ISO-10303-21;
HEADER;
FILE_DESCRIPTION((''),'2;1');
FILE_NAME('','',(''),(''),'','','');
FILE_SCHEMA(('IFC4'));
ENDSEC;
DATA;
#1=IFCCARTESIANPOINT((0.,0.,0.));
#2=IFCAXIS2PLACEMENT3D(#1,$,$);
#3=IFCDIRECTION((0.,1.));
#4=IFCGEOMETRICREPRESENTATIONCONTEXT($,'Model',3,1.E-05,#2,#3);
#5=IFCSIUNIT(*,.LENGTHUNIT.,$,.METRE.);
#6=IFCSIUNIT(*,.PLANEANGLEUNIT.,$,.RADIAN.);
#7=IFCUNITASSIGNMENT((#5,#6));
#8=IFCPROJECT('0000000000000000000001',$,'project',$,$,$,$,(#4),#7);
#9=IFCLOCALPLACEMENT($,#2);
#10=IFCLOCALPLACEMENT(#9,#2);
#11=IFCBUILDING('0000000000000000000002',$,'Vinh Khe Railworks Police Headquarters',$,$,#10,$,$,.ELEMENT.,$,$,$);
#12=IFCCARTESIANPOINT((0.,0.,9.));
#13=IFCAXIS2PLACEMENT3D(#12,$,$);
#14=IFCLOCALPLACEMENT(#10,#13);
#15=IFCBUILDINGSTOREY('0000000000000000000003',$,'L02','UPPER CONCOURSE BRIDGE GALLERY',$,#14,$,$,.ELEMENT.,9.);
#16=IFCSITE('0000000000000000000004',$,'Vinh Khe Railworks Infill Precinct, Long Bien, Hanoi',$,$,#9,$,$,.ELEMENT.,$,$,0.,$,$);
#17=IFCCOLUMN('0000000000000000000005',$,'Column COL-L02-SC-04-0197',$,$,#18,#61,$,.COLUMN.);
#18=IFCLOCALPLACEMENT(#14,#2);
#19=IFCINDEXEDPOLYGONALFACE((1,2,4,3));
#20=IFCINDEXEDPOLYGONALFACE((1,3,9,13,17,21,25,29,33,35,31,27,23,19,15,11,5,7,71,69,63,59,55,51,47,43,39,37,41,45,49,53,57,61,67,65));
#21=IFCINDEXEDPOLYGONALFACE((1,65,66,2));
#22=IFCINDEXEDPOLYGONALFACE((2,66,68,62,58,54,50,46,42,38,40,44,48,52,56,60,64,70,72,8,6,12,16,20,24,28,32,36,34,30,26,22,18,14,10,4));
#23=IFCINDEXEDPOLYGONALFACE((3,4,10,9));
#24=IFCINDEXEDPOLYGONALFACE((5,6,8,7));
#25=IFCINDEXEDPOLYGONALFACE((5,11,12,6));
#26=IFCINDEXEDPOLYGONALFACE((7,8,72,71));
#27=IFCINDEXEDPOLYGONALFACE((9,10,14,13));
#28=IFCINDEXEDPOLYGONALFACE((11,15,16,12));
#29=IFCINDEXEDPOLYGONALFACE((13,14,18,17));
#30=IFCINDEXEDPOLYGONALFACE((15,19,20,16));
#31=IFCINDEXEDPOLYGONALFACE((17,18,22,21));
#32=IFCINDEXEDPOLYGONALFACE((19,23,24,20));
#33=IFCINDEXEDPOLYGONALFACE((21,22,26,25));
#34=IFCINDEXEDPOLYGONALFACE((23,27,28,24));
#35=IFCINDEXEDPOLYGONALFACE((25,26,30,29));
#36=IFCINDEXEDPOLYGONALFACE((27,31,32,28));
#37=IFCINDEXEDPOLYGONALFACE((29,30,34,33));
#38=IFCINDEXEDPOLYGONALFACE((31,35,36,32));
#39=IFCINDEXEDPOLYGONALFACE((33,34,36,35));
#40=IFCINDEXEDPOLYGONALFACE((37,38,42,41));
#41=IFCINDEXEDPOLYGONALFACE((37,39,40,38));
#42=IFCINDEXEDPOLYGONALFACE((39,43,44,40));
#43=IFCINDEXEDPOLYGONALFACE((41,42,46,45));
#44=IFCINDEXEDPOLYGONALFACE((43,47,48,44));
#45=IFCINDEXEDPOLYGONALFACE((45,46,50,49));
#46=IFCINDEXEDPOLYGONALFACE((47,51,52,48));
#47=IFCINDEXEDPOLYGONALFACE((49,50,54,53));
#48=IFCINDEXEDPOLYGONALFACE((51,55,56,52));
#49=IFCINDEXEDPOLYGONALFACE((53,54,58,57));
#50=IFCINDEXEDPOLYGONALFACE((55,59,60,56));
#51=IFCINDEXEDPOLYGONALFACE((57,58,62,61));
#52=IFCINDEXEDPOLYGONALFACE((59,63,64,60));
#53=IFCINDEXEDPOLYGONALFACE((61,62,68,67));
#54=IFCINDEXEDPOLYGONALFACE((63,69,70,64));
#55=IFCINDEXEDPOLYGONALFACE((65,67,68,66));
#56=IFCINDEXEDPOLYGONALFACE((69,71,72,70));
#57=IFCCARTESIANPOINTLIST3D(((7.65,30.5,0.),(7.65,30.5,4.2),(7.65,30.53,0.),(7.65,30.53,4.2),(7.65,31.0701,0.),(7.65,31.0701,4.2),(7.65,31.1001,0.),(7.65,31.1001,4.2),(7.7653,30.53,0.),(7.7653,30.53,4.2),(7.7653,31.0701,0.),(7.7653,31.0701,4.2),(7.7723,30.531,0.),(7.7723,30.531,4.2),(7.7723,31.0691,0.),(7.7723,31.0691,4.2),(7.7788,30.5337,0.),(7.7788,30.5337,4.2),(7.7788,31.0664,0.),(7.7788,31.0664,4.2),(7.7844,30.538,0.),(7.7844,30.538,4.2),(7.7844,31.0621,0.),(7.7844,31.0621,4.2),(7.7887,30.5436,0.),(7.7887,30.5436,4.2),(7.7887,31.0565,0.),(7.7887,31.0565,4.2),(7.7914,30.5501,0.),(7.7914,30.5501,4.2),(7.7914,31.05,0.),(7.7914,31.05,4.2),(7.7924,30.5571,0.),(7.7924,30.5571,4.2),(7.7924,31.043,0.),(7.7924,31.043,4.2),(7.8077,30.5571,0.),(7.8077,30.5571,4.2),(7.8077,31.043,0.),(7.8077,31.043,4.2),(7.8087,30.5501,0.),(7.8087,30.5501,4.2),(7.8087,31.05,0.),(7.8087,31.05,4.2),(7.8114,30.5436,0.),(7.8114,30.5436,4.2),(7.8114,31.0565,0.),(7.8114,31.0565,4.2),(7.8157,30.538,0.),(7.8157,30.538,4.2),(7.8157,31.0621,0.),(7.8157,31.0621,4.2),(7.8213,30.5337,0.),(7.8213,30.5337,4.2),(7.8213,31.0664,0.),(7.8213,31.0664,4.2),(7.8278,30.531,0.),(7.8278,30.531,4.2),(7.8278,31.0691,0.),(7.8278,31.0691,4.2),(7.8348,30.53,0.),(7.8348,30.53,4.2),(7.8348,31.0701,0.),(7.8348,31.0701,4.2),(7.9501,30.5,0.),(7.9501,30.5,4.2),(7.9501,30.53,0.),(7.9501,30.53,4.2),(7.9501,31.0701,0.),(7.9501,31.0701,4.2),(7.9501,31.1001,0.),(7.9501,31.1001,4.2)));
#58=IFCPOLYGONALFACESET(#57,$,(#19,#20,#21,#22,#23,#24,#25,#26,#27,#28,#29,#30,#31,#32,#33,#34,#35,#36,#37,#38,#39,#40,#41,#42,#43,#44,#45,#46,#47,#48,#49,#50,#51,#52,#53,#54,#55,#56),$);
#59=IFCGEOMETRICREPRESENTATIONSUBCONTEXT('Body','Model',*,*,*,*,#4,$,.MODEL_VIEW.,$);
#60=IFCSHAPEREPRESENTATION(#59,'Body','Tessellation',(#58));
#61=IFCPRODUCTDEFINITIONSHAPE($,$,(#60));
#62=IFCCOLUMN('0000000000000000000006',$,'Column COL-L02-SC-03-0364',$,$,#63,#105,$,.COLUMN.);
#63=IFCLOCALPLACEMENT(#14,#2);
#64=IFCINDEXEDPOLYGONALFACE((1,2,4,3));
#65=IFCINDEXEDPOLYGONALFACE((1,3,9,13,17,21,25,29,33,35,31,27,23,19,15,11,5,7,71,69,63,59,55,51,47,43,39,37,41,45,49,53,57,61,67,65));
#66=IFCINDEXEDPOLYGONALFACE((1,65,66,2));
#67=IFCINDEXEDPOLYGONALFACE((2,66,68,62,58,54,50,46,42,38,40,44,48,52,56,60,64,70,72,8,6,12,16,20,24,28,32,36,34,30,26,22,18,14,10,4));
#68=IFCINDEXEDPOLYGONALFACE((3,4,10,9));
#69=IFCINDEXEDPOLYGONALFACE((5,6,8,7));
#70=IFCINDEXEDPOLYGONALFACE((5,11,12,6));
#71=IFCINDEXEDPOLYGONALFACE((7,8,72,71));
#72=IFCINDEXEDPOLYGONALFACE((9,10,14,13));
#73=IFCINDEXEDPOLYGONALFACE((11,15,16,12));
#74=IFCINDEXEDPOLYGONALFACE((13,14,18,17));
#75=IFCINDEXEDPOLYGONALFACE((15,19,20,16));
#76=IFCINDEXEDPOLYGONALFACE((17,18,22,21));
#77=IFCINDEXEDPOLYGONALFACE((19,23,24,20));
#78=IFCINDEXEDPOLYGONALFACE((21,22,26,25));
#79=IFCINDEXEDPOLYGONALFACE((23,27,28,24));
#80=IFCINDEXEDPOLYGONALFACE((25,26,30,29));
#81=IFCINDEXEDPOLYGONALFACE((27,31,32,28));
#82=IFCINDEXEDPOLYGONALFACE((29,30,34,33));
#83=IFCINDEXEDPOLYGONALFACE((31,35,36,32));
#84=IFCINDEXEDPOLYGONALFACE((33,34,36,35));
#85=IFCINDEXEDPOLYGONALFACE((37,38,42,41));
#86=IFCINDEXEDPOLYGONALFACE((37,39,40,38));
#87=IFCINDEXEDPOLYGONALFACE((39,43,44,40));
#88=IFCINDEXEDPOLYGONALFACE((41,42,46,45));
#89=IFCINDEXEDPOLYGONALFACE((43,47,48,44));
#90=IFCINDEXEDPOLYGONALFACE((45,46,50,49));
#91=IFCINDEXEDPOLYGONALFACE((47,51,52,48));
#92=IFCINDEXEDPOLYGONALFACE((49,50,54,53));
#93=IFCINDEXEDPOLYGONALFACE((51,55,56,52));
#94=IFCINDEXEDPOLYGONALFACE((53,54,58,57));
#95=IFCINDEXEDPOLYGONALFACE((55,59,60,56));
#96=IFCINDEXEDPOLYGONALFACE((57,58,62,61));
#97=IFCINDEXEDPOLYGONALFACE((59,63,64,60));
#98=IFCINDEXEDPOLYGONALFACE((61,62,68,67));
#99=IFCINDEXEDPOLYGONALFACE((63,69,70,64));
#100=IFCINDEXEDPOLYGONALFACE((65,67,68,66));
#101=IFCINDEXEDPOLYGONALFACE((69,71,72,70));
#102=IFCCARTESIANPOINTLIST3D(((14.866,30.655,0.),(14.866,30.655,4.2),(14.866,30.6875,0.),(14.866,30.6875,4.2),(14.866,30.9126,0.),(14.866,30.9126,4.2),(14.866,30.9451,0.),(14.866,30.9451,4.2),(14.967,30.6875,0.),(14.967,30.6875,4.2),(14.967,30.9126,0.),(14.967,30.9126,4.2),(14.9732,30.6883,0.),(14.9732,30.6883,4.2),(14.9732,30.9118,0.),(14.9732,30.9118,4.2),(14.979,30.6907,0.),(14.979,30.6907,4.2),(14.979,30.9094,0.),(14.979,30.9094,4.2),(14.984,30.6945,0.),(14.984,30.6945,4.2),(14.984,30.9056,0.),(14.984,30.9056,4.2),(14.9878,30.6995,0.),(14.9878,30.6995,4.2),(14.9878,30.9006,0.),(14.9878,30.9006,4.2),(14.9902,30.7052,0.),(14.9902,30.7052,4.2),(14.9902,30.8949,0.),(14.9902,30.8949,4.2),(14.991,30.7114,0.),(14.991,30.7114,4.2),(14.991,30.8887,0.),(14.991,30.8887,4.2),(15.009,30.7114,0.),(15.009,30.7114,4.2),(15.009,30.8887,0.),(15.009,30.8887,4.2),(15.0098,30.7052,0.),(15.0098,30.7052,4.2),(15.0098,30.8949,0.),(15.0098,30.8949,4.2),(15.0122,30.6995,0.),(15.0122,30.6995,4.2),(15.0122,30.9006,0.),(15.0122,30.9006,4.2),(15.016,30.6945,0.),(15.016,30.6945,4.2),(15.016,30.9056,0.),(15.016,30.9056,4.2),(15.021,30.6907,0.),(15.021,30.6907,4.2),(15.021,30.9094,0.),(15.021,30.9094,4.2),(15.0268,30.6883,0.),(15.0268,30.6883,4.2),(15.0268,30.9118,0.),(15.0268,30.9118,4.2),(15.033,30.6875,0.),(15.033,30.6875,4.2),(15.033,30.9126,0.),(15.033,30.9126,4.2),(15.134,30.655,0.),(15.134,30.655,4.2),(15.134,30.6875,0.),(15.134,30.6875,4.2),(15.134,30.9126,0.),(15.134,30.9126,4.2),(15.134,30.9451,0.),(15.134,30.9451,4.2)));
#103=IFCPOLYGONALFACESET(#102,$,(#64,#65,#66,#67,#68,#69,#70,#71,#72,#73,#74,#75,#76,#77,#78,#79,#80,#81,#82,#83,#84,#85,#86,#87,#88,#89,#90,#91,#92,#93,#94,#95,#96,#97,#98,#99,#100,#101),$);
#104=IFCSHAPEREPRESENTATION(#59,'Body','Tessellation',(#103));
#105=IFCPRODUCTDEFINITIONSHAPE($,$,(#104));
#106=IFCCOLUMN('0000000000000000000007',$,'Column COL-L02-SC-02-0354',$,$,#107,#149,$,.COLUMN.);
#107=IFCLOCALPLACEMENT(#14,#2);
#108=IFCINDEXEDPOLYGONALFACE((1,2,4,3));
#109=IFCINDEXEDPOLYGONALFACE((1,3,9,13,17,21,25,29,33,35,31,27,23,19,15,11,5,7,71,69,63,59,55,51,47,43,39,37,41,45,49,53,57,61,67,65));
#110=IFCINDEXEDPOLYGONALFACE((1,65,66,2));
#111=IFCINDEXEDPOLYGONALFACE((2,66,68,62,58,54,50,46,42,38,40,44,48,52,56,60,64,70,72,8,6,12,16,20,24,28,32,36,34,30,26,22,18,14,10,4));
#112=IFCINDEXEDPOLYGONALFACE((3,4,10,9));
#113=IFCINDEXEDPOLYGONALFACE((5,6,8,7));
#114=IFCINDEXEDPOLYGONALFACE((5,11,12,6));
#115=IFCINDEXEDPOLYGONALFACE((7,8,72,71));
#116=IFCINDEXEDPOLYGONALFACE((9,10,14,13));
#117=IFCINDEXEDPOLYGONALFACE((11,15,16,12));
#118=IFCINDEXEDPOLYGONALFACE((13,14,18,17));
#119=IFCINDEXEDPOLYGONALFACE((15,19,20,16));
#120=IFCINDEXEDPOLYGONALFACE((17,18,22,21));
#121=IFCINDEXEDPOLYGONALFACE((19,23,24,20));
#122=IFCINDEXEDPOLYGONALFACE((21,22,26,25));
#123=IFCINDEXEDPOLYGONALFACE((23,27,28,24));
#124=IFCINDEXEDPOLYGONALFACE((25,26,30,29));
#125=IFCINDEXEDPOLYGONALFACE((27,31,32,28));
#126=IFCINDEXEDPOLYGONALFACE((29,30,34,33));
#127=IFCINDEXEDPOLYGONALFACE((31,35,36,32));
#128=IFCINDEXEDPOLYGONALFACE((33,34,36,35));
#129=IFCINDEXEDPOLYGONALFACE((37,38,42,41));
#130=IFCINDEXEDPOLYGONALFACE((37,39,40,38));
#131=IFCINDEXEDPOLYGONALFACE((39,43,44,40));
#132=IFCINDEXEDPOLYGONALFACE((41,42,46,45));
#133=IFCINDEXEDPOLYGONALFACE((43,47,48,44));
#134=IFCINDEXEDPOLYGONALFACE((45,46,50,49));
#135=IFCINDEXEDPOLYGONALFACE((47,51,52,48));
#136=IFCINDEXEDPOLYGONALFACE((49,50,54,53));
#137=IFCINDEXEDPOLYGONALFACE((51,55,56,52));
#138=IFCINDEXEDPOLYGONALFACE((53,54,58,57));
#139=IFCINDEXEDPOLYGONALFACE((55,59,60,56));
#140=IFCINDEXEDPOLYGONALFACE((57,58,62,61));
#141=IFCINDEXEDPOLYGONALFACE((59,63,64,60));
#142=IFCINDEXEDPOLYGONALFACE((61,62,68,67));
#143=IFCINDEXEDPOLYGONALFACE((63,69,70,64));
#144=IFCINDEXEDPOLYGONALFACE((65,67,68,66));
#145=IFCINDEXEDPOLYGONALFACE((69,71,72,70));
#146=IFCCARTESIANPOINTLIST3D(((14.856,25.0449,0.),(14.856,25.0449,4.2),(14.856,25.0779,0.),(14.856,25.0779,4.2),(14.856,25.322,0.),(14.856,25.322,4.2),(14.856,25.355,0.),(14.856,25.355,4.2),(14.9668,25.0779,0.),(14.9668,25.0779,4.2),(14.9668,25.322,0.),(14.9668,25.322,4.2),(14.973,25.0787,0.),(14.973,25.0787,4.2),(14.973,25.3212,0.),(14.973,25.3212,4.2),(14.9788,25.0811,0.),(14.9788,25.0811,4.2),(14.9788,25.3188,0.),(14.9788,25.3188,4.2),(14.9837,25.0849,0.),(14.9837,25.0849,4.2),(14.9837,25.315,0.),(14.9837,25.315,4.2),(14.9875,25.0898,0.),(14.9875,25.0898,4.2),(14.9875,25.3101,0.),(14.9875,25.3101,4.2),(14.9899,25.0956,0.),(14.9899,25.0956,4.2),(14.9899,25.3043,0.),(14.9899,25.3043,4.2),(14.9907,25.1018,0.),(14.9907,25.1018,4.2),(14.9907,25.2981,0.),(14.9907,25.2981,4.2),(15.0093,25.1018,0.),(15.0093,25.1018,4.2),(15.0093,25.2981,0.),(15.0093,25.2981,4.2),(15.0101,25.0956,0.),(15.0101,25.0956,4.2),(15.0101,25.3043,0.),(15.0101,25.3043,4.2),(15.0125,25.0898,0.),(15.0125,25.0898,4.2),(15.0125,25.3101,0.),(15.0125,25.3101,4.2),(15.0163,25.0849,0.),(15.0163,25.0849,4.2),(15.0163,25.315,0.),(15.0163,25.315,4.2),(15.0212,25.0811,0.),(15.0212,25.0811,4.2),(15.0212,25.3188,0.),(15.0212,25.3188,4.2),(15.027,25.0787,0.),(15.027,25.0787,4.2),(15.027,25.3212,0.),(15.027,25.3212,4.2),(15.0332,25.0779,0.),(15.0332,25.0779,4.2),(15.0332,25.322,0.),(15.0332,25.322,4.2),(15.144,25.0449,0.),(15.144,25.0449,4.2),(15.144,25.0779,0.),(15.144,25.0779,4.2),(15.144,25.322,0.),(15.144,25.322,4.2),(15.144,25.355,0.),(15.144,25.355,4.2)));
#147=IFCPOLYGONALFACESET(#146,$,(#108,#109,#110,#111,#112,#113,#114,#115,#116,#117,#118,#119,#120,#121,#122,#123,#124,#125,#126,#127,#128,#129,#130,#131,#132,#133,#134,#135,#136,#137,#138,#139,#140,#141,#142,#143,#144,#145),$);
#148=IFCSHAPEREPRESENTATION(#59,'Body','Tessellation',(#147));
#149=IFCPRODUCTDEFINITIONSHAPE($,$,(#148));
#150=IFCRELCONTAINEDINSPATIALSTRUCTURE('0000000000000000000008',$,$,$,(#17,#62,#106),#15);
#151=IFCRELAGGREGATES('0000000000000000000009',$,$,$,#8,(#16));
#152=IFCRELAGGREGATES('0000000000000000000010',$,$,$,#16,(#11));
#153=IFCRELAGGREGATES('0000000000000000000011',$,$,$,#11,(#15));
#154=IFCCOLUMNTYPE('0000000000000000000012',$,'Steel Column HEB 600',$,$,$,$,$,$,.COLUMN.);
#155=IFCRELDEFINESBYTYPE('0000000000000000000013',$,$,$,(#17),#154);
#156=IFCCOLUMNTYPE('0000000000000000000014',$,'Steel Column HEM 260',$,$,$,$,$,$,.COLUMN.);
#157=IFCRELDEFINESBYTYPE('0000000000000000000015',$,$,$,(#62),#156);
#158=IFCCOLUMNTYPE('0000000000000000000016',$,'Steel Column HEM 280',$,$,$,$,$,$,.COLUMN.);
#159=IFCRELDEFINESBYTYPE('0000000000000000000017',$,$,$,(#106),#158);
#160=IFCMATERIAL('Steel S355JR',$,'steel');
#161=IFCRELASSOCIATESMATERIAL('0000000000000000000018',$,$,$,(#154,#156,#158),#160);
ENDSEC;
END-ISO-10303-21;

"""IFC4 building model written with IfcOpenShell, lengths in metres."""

from ifc_helpers import new_model, si_unit, direction, frame, origin, origin_2d, place, context, subcontext, project, spatial, i_section, extrude, material, material_profile, profile_set, type_object, element, save


model = new_model("IFC4")

# Units and contexts
model_context = context("Model", 3, precision=1e-05, world=origin(), true_north=direction((0.0, 1.0)))
body_context = subcontext(model_context, "Body", "Model", "MODEL_VIEW")
ifc_project = project(units=[si_unit("LENGTHUNIT", "METRE"), si_unit("PLANEANGLEUNIT", "RADIAN")], contexts=[model_context])

# Site, building, storey
site_placement = place(None, origin())
site = spatial("IfcSite", under=ifc_project, at=site_placement, Name="Vinh Khe Railworks Infill Precinct, Long Bien, Hanoi", CompositionType="ELEMENT", RefElevation=0.0)
building_placement = place(site_placement, origin())
building = spatial("IfcBuilding", under=site, at=building_placement, Name="Vinh Khe Railworks Police Headquarters", CompositionType="ELEMENT")
storey_placement = place(building_placement, frame((0.0, 0.0, 9.0)))
storey = spatial("IfcBuildingStorey", under=building, at=storey_placement, Name="L02", Description="UPPER CONCOURSE BRIDGE GALLERY", CompositionType="ELEMENT", Elevation=9.0)

# Columns
ifc_material_1 = material(Name="Steel S355JR", Category="steel")
ifc_material_profile_1 = material_profile(ifc_material_1, i_section(OverallWidth=0.3, OverallDepth=0.6001, WebThickness=0.0154, FlangeThickness=0.03, FilletRadius=0.0271, at=origin_2d()), Name="HEB 600")
ifc_profile_set_1 = profile_set([ifc_material_profile_1], Name="Steel S355JR")
column_type_1 = type_object("IfcColumnType", Name="Steel Column HEB 600", PredefinedType="COLUMN", material=ifc_profile_set_1)
column_1_placement = place(storey_placement, frame((7.8, 30.8, 0.0), z_axis=(0.0, 0.0, 1.0), x_axis=(1.0, 0.0, 0.0)))
element("IfcColumn", 1, at=column_1_placement, inside=storey, type_object=column_type_1, Name="Column COL-L02-SC-04-0197", PredefinedType="COLUMN", context=body_context, shape_type="SweptSolid", body=[
    extrude(i_section(OverallWidth=0.3, OverallDepth=0.6001, WebThickness=0.0154, FlangeThickness=0.03, FilletRadius=0.0271, at=origin_2d()), origin(), (0.0, 0.0, 1.0), 4.2),
])
ifc_material_profile_2 = material_profile(ifc_material_1, i_section(OverallWidth=0.2681, OverallDepth=0.29, WebThickness=0.0181, FlangeThickness=0.0325, FilletRadius=0.0239, at=origin_2d()), Name="HEM 260")
ifc_profile_set_2 = profile_set([ifc_material_profile_2], Name="Steel S355JR")
column_type_2 = type_object("IfcColumnType", Name="Steel Column HEM 260", PredefinedType="COLUMN", material=ifc_profile_set_2)
column_2_placement = place(storey_placement, frame((15.0, 30.8, 0.0), z_axis=(0.0, 0.0, 1.0), x_axis=(1.0, 0.0, 0.0)))
element("IfcColumn", 2, at=column_2_placement, inside=storey, type_object=column_type_2, Name="Column COL-L02-SC-03-0364", PredefinedType="COLUMN", context=body_context, shape_type="SweptSolid", body=[
    extrude(i_section(OverallWidth=0.2681, OverallDepth=0.29, WebThickness=0.0181, FlangeThickness=0.0325, FilletRadius=0.0239, at=origin_2d()), origin(), (0.0, 0.0, 1.0), 4.2),
])
ifc_material_profile_3 = material_profile(ifc_material_1, i_section(OverallWidth=0.2881, OverallDepth=0.3101, WebThickness=0.0186, FlangeThickness=0.033, FilletRadius=0.0239, at=origin_2d()), Name="HEM 280")
ifc_profile_set_3 = profile_set([ifc_material_profile_3], Name="Steel S355JR")
column_type_3 = type_object("IfcColumnType", Name="Steel Column HEM 280", PredefinedType="COLUMN", material=ifc_profile_set_3)
column_3_placement = place(storey_placement, frame((15.0, 25.2, 0.0), z_axis=(0.0, 0.0, 1.0), x_axis=(1.0, 0.0, 0.0)))
element("IfcColumn", 3, at=column_3_placement, inside=storey, type_object=column_type_3, Name="Column COL-L02-SC-02-0354", PredefinedType="COLUMN", context=body_context, shape_type="SweptSolid", body=[
    extrude(i_section(OverallWidth=0.2881, OverallDepth=0.3101, WebThickness=0.0186, FlangeThickness=0.033, FilletRadius=0.0239, at=origin_2d()), origin(), (0.0, 0.0, 1.0), 4.2),
])

save(model, "model.ifc")
